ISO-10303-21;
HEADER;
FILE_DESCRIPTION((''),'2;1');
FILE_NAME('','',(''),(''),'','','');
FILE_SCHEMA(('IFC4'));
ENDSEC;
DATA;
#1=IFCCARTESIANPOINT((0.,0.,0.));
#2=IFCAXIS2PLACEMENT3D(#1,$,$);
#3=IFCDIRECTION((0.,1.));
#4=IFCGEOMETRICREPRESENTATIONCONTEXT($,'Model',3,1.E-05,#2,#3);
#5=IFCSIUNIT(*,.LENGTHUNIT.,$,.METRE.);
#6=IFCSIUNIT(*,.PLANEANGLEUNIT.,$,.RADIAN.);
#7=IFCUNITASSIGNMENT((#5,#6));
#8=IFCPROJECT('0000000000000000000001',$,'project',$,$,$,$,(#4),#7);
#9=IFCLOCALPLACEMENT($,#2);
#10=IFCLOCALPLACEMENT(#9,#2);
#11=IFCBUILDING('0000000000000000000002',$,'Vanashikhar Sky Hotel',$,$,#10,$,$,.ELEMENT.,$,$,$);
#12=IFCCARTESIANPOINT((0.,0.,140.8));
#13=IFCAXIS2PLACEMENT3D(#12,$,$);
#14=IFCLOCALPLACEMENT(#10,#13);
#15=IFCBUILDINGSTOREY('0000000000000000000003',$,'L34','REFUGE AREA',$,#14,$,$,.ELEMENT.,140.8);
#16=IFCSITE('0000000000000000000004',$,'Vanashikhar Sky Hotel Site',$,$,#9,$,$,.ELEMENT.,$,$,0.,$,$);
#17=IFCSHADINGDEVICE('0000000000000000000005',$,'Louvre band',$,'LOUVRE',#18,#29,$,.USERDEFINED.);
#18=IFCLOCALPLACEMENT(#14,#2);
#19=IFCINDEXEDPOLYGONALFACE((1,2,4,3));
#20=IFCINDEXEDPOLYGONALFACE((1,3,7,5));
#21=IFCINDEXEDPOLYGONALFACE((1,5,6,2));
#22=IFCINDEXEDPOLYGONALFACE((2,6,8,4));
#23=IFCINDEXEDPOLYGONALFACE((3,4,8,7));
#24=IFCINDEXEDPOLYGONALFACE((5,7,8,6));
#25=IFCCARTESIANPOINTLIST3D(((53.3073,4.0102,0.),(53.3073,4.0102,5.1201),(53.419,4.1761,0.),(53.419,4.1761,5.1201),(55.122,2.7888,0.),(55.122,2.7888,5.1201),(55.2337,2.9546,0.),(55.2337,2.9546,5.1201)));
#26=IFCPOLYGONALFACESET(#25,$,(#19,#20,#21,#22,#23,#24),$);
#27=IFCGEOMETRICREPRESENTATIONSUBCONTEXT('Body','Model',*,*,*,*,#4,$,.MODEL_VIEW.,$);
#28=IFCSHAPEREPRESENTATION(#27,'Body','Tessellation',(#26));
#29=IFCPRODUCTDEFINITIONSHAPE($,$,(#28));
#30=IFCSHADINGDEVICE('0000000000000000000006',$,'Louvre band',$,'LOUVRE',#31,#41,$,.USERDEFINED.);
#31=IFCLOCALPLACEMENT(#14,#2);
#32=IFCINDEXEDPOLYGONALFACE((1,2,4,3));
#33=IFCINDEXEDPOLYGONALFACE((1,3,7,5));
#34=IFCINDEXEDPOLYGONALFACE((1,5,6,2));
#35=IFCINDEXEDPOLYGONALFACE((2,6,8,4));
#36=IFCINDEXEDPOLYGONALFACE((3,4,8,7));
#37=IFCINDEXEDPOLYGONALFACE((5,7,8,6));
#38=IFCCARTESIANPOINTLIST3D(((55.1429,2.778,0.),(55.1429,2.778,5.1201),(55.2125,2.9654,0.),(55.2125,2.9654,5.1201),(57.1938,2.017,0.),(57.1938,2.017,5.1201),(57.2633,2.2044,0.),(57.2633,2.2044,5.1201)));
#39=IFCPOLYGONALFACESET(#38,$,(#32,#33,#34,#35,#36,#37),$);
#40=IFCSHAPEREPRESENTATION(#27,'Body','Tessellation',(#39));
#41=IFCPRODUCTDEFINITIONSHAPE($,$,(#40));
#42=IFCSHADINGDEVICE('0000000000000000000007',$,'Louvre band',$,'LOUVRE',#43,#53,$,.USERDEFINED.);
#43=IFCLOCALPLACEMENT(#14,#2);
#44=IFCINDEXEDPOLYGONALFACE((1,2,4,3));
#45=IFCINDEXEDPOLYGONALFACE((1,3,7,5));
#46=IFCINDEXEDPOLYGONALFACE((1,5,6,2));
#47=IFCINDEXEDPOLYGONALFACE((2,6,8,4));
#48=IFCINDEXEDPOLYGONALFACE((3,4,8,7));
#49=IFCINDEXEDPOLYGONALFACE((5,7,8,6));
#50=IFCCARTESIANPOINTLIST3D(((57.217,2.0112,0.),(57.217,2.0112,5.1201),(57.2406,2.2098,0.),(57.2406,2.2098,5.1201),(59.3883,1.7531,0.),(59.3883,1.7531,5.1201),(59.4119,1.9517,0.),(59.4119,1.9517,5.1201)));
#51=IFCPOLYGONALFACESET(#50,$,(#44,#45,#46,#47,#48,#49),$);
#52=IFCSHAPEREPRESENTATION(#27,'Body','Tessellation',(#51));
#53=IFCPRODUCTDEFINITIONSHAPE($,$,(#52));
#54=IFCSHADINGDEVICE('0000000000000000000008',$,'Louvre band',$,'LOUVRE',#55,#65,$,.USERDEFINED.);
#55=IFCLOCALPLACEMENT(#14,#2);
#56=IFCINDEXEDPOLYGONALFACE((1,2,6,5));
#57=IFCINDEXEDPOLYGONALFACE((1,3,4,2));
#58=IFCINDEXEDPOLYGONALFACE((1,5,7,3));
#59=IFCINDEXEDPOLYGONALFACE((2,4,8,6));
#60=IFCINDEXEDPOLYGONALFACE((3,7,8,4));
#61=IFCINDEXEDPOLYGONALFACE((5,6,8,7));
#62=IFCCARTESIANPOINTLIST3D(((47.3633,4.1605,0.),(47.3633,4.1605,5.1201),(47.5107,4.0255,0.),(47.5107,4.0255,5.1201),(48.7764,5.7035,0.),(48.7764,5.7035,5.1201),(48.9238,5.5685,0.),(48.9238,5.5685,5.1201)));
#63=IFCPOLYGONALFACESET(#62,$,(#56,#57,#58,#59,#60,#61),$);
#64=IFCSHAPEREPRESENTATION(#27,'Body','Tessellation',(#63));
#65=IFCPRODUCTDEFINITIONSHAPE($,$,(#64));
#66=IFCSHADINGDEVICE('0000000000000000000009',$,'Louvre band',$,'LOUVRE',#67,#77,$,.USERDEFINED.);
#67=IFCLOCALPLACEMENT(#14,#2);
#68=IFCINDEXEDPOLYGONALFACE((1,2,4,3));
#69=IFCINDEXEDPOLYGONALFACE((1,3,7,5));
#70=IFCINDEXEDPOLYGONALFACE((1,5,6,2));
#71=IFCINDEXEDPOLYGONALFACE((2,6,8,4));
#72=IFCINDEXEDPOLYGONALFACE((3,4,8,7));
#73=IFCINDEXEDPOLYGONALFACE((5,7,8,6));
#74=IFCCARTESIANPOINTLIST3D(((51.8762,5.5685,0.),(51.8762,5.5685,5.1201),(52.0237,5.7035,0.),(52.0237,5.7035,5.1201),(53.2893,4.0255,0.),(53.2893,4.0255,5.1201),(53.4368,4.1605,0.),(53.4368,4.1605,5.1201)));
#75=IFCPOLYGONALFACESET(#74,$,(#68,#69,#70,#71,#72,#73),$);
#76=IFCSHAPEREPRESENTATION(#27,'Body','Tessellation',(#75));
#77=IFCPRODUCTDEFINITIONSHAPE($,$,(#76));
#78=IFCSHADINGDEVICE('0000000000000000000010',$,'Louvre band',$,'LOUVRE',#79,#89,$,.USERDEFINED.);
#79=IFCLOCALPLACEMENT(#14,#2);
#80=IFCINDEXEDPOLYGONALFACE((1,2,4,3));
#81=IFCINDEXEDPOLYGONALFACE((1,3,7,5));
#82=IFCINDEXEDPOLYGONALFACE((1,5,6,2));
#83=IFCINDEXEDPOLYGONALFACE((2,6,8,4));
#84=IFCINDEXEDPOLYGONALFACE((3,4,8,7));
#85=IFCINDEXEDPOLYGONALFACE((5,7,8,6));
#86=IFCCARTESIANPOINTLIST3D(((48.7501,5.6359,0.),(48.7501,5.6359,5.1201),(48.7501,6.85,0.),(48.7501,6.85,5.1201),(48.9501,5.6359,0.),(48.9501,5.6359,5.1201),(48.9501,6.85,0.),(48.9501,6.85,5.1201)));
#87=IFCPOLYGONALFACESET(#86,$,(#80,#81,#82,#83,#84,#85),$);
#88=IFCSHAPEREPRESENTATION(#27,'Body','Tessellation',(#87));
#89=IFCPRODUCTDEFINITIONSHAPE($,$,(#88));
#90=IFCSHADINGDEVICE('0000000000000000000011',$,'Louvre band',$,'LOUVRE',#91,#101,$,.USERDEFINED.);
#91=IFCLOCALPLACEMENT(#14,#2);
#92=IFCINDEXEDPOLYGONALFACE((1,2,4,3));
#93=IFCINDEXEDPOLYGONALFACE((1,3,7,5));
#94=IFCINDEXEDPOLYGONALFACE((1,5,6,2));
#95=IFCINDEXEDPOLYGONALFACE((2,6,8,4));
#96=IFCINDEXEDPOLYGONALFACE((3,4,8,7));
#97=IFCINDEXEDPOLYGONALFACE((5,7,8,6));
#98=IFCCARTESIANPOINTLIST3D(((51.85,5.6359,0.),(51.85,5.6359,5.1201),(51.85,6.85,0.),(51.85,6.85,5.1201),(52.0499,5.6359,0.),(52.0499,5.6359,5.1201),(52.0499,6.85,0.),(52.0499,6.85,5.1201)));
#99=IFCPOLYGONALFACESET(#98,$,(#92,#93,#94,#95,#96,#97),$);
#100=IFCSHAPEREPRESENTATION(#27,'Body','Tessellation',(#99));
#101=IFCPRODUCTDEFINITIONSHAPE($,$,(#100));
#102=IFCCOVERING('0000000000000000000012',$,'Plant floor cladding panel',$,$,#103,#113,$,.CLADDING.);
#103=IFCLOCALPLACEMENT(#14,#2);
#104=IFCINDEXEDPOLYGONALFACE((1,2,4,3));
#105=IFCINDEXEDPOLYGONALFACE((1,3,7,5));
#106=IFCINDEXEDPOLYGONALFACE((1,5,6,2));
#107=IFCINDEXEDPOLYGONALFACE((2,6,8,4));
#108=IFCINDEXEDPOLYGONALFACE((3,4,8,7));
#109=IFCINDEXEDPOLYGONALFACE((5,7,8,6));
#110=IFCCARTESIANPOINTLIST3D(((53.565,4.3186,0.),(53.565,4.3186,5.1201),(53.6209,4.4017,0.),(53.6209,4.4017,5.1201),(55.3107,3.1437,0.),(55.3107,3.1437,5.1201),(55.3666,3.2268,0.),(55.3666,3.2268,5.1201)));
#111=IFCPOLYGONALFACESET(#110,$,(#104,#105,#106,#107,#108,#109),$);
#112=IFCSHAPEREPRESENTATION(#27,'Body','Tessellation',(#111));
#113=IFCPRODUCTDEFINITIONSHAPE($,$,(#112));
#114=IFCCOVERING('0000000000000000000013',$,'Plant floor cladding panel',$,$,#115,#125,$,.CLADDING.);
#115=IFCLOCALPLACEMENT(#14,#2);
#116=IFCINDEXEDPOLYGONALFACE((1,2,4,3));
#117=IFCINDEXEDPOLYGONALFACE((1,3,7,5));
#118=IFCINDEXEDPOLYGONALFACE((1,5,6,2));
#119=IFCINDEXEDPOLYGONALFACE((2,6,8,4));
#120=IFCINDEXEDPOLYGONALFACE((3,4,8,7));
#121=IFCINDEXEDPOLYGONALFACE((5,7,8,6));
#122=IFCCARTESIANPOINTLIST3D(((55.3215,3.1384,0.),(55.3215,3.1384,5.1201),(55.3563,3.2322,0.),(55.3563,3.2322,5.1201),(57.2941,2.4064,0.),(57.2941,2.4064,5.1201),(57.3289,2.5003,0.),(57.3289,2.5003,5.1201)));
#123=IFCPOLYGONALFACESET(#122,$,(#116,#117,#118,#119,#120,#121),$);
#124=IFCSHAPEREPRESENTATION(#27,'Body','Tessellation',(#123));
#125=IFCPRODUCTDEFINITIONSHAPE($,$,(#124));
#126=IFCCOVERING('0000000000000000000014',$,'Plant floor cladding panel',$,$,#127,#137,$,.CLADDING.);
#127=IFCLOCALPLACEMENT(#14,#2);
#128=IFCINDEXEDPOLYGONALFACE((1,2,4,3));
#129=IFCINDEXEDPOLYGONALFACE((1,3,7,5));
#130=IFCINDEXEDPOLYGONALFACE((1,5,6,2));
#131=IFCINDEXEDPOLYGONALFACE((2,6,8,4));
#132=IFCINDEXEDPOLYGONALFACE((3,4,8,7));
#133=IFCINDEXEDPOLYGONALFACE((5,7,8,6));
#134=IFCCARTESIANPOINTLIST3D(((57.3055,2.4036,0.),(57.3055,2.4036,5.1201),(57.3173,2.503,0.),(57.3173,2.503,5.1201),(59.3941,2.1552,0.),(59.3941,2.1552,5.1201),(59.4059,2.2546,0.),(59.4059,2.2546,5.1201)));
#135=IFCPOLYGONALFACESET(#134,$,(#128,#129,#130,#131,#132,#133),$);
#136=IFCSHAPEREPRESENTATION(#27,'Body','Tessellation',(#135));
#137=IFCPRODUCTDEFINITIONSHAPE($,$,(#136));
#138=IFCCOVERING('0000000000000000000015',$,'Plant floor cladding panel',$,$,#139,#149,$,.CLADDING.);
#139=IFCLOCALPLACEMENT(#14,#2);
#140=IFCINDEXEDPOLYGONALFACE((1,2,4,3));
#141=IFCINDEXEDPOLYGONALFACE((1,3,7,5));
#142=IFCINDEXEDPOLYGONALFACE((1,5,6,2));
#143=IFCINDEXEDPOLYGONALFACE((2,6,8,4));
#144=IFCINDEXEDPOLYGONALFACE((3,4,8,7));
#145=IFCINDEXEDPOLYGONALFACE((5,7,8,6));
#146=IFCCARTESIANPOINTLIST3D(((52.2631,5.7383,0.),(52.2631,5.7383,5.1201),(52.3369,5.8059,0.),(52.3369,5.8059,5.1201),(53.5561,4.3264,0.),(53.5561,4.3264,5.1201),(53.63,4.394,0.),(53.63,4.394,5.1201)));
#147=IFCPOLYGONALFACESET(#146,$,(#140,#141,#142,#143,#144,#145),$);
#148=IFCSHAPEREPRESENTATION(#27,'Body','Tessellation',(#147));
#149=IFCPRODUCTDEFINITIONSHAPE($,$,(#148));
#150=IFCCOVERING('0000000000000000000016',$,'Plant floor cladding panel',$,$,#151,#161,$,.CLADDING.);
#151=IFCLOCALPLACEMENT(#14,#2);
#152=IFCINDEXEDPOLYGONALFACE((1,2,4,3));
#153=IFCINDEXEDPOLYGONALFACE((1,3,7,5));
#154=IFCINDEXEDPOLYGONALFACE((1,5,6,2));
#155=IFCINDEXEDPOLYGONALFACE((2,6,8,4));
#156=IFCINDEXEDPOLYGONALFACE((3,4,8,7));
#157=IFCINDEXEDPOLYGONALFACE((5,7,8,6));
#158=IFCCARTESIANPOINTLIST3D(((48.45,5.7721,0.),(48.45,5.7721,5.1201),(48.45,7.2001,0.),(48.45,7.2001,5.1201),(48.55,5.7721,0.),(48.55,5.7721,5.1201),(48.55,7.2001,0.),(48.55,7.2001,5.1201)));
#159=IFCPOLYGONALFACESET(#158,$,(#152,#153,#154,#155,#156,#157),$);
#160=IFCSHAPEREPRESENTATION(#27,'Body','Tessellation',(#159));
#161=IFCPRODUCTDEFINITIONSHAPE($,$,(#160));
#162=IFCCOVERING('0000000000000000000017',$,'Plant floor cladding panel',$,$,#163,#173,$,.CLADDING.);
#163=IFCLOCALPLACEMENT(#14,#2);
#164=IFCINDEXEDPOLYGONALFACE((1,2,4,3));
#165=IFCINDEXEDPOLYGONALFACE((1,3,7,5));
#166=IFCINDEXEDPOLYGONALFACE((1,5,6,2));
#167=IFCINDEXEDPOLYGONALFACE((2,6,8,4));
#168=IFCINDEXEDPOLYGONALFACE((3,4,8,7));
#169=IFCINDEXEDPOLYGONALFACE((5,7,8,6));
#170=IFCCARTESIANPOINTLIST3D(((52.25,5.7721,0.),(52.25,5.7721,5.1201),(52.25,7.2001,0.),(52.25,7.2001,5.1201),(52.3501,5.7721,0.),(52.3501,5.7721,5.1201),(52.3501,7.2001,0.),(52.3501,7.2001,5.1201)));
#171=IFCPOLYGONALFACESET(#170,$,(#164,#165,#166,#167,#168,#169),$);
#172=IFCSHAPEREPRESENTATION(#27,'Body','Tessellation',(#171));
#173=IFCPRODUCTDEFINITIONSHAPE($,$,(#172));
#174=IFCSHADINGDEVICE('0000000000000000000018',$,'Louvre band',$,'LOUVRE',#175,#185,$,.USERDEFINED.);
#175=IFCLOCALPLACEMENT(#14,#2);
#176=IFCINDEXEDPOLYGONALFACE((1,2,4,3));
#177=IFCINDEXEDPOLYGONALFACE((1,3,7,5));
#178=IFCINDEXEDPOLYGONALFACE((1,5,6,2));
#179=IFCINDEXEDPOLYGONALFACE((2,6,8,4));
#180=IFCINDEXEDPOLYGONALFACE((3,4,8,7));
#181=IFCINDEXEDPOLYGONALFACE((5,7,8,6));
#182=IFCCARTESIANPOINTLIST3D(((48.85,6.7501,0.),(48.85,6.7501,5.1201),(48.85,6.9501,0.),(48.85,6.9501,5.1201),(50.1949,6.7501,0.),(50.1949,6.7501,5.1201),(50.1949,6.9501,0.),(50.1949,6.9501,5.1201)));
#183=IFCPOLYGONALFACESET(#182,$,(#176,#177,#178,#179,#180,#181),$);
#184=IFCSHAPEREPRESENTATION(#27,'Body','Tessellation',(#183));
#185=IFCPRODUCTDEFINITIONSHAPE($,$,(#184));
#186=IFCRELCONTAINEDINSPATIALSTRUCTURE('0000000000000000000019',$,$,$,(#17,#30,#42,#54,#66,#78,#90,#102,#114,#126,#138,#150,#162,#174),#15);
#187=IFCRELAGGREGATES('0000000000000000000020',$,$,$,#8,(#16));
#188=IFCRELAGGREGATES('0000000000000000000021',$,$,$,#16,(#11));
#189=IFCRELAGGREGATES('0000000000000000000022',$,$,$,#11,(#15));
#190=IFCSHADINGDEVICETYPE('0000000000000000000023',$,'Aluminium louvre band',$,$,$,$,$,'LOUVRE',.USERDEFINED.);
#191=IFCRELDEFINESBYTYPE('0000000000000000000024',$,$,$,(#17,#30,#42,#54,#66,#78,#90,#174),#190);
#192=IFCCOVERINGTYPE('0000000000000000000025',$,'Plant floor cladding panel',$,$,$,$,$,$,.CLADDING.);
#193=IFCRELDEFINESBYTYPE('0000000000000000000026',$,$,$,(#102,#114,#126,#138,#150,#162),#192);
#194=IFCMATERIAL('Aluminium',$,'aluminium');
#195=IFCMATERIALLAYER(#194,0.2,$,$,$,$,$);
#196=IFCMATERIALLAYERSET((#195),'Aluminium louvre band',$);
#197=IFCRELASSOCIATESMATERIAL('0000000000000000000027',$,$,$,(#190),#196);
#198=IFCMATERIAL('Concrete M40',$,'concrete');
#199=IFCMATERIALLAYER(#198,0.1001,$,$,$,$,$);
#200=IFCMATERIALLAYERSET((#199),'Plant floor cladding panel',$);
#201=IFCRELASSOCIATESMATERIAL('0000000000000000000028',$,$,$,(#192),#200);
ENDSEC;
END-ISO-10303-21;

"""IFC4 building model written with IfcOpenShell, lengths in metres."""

from ifc_helpers import new_model, si_unit, direction, frame, origin, origin_2d, place, context, subcontext, project, spatial, rectangle, extrude, source, transform, mapped, material, layer, layer_set, type_object, element, save


model = new_model("IFC4")

# Units and contexts
model_context = context("Model", 3, precision=1e-05, world=origin(), true_north=direction((0.0, 1.0)))
body_context = subcontext(model_context, "Body", "Model", "MODEL_VIEW")
ifc_project = project(units=[si_unit("LENGTHUNIT", "METRE"), si_unit("PLANEANGLEUNIT", "RADIAN")], contexts=[model_context])

# Site, building, storey
site_placement = place(None, origin())
site = spatial("IfcSite", under=ifc_project, at=site_placement, Name="Vanashikhar Sky Hotel Site", CompositionType="ELEMENT", RefElevation=0.0)
building_placement = place(site_placement, origin())
building = spatial("IfcBuilding", under=site, at=building_placement, Name="Vanashikhar Sky Hotel", CompositionType="ELEMENT")
storey_placement = place(building_placement, frame((0.0, 0.0, 140.8)))
storey = spatial("IfcBuildingStorey", under=building, at=storey_placement, Name="L34", Description="REFUGE AREA", CompositionType="ELEMENT", Elevation=140.8)

# Shading devices
ifc_material_1 = material(Name="Aluminium", Category="aluminium")
ifc_layer_1 = layer(ifc_material_1, 0.2)
ifc_layer_set_1 = layer_set([ifc_layer_1], Name="Aluminium louvre band")
shading_device_type = type_object("IfcShadingDeviceType", Name="Aluminium louvre band", ElementType="LOUVRE", PredefinedType="USERDEFINED", material=ifc_layer_set_1)
shared_shape_1 = source(origin(), body_context, "Body", "SweptSolid", [
    extrude(rectangle(XDim=2.1875, YDim=0.2, at=origin_2d()), origin(), (0.0, 0.0, 1.0), 5.1201),
])
for number, where, z_axis, x_axis, name in (
    (1, (54.2705, 3.4824, 0.0), (0.0, 0.0, 1.0), (0.829584, -0.558382, 0.0), "Louvre band"),
    (2, (56.2031, 2.4912, 0.0), (0.0, 0.0, 1.0), (0.937537, -0.347885, 0.0), "Louvre band"),
):
    element("IfcShadingDevice", number, at=place(storey_placement, frame(where, z_axis=z_axis, x_axis=x_axis)), inside=storey, type_object=shading_device_type, Name=name, ObjectType="LOUVRE", PredefinedType="USERDEFINED", context=body_context, shape_type="MappedRepresentation", body=[
        mapped(shared_shape_1, transform((0.0, 0.0, 0.0), scale=1.0)),
    ])
shared_shape_2 = source(origin(), body_context, "Body", "SweptSolid", [
    extrude(rectangle(XDim=2.1865, YDim=0.2, at=origin_2d()), origin(), (0.0, 0.0, 1.0), 5.1201),
])
shading_device_placement = place(storey_placement, frame((58.3145, 1.9814, 0.0), z_axis=(0.0, 0.0, 1.0), x_axis=(0.993009, -0.11804, 0.0)))
element("IfcShadingDevice", 3, at=shading_device_placement, inside=storey, type_object=shading_device_type, Name="Louvre band", ObjectType="LOUVRE", PredefinedType="USERDEFINED", context=body_context, shape_type="MappedRepresentation", body=[
    mapped(shared_shape_2, transform((0.0, 0.0, 0.0), scale=1.0)),
])
shared_shape_3 = source(origin(), body_context, "Body", "SweptSolid", [
    extrude(rectangle(XDim=2.0923, YDim=0.2, at=origin_2d()), origin(), (0.0, 0.0, 1.0), 5.1201),
])
for number, where, z_axis, x_axis, name in (
    (4, (48.1436, 4.8645, 0.0), (0.0, 0.0, 1.0), (0.675384, 0.737466, 0.0), "Louvre band"),
    (5, (52.6565, 4.8645, 0.0), (0.0, 0.0, 1.0), (0.675384, -0.737466, 0.0), "Louvre band"),
):
    element("IfcShadingDevice", number, at=place(storey_placement, frame(where, z_axis=z_axis, x_axis=x_axis)), inside=storey, type_object=shading_device_type, Name=name, ObjectType="LOUVRE", PredefinedType="USERDEFINED", context=body_context, shape_type="MappedRepresentation", body=[
        mapped(shared_shape_3, transform((0.0, 0.0, 0.0), scale=1.0)),
    ])
shared_shape_4 = source(origin(), body_context, "Body", "SweptSolid", [
    extrude(rectangle(XDim=1.2141, YDim=0.2, at=origin_2d()), origin(), (0.0, 0.0, 1.0), 5.1201),
])
for number, where, z_axis, x_axis, name in (
    (6, (48.8501, 6.2429, 0.0), (0.0, 0.0, 1.0), (0.0, 1.0, 0.0), "Louvre band"),
    (7, (51.95, 6.2429, 0.0), (0.0, 0.0, 1.0), (0.0, -1.0, 0.0), "Louvre band"),
):
    element("IfcShadingDevice", number, at=place(storey_placement, frame(where, z_axis=z_axis, x_axis=x_axis)), inside=storey, type_object=shading_device_type, Name=name, ObjectType="LOUVRE", PredefinedType="USERDEFINED", context=body_context, shape_type="MappedRepresentation", body=[
        mapped(shared_shape_4, transform((0.0, 0.0, 0.0), scale=1.0)),
    ])

# Coverings
ifc_material_2 = material(Name="Concrete M40", Category="concrete")
ifc_layer_2 = layer(ifc_material_2, 0.1001)
ifc_layer_set_2 = layer_set([ifc_layer_2], Name="Plant floor cladding panel")
covering_type_1 = type_object("IfcCoveringType", Name="Plant floor cladding panel", PredefinedType="CLADDING", material=ifc_layer_set_2)
shared_shape_5 = source(origin(), body_context, "Body", "SweptSolid", [
    extrude(rectangle(XDim=2.1042, YDim=0.1001, at=origin_2d()), origin(), (0.0, 0.0, 1.0), 5.1201),
])
covering_1_placement = place(storey_placement, frame((54.4658, 3.7727, 0.0), z_axis=(0.0, 0.0, 1.0), x_axis=(0.829603, -0.558353, 0.0)))
element("IfcCovering", 8, at=covering_1_placement, inside=storey, type_object=covering_type_1, Name="Plant floor cladding panel", PredefinedType="CLADDING", context=body_context, shape_type="MappedRepresentation", body=[
    mapped(shared_shape_5, transform((0.0, 0.0, 0.0), scale=1.0)),
])
shared_shape_6 = source(origin(), body_context, "Body", "SweptSolid", [
    extrude(rectangle(XDim=2.104, YDim=0.1001, at=origin_2d()), origin(), (0.0, 0.0, 1.0), 5.1201),
])
covering_2_placement = place(storey_placement, frame((56.3252, 2.8193, 0.0), z_axis=(0.0, 0.0, 1.0), x_axis=(0.937537, -0.347885, 0.0)))
element("IfcCovering", 9, at=covering_2_placement, inside=storey, type_object=covering_type_1, Name="Plant floor cladding panel", PredefinedType="CLADDING", context=body_context, shape_type="MappedRepresentation", body=[
    mapped(shared_shape_6, transform((0.0, 0.0, 0.0), scale=1.0)),
])
shared_shape_7 = source(origin(), body_context, "Body", "SweptSolid", [
    extrude(rectangle(XDim=2.1033, YDim=0.1001, at=origin_2d()), origin(), (0.0, 0.0, 1.0), 5.1201),
])
covering_3_placement = place(storey_placement, frame((58.3557, 2.3291, 0.0), z_axis=(0.0, 0.0, 1.0), x_axis=(0.993003, -0.118092, 0.0)))
element("IfcCovering", 10, at=covering_3_placement, inside=storey, type_object=covering_type_1, Name="Plant floor cladding panel", PredefinedType="CLADDING", context=body_context, shape_type="MappedRepresentation", body=[
    mapped(shared_shape_7, transform((0.0, 0.0, 0.0), scale=1.0)),
])
shared_shape_8 = source(origin(), body_context, "Body", "SweptSolid", [
    extrude(rectangle(XDim=1.9146, YDim=0.1001, at=origin_2d()), origin(), (0.0, 0.0, 1.0), 5.1201),
])
covering_4_placement = place(storey_placement, frame((52.9465, 5.0662, 0.0), z_axis=(0.0, 0.0, 1.0), x_axis=(0.675371, -0.737478, 0.0)))
element("IfcCovering", 11, at=covering_4_placement, inside=storey, type_object=covering_type_1, Name="Plant floor cladding panel", PredefinedType="CLADDING", context=body_context, shape_type="MappedRepresentation", body=[
    mapped(shared_shape_8, transform((0.0, 0.0, 0.0), scale=1.0)),
])
shared_shape_9 = source(origin(), body_context, "Body", "SweptSolid", [
    extrude(rectangle(XDim=1.428, YDim=0.1001, at=origin_2d()), origin(), (0.0, 0.0, 1.0), 5.1201),
])
for number, where, z_axis, x_axis, name in (
    (12, (48.5, 6.4861, 0.0), (0.0, 0.0, 1.0), (0.0, 1.0, 0.0), "Plant floor cladding panel"),
    (13, (52.3, 6.4861, 0.0), (0.0, 0.0, 1.0), (0.0, -1.0, 0.0), "Plant floor cladding panel"),
):
    element("IfcCovering", number, at=place(storey_placement, frame(where, z_axis=z_axis, x_axis=x_axis)), inside=storey, type_object=covering_type_1, Name=name, PredefinedType="CLADDING", context=body_context, shape_type="MappedRepresentation", body=[
        mapped(shared_shape_9, transform((0.0, 0.0, 0.0), scale=1.0)),
    ])

# Shading device
shared_shape_10 = source(origin(), body_context, "Body", "SweptSolid", [
    extrude(rectangle(XDim=1.345, YDim=0.2, at=origin_2d()), origin(), (0.0, 0.0, 1.0), 5.1201),
])
for number, where, z_axis, x_axis, name in (
    (14, (49.5225, 6.8501, 0.0), (0.0, 0.0, 1.0), (1.0, 0.0, 0.0), "Louvre band"),
):
    element("IfcShadingDevice", number, at=place(storey_placement, frame(where, z_axis=z_axis, x_axis=x_axis)), inside=storey, type_object=shading_device_type, Name=name, ObjectType="LOUVRE", PredefinedType="USERDEFINED", context=body_context, shape_type="MappedRepresentation", body=[
        mapped(shared_shape_10, transform((0.0, 0.0, 0.0), scale=1.0)),
    ])

save(model, "model.ifc")
